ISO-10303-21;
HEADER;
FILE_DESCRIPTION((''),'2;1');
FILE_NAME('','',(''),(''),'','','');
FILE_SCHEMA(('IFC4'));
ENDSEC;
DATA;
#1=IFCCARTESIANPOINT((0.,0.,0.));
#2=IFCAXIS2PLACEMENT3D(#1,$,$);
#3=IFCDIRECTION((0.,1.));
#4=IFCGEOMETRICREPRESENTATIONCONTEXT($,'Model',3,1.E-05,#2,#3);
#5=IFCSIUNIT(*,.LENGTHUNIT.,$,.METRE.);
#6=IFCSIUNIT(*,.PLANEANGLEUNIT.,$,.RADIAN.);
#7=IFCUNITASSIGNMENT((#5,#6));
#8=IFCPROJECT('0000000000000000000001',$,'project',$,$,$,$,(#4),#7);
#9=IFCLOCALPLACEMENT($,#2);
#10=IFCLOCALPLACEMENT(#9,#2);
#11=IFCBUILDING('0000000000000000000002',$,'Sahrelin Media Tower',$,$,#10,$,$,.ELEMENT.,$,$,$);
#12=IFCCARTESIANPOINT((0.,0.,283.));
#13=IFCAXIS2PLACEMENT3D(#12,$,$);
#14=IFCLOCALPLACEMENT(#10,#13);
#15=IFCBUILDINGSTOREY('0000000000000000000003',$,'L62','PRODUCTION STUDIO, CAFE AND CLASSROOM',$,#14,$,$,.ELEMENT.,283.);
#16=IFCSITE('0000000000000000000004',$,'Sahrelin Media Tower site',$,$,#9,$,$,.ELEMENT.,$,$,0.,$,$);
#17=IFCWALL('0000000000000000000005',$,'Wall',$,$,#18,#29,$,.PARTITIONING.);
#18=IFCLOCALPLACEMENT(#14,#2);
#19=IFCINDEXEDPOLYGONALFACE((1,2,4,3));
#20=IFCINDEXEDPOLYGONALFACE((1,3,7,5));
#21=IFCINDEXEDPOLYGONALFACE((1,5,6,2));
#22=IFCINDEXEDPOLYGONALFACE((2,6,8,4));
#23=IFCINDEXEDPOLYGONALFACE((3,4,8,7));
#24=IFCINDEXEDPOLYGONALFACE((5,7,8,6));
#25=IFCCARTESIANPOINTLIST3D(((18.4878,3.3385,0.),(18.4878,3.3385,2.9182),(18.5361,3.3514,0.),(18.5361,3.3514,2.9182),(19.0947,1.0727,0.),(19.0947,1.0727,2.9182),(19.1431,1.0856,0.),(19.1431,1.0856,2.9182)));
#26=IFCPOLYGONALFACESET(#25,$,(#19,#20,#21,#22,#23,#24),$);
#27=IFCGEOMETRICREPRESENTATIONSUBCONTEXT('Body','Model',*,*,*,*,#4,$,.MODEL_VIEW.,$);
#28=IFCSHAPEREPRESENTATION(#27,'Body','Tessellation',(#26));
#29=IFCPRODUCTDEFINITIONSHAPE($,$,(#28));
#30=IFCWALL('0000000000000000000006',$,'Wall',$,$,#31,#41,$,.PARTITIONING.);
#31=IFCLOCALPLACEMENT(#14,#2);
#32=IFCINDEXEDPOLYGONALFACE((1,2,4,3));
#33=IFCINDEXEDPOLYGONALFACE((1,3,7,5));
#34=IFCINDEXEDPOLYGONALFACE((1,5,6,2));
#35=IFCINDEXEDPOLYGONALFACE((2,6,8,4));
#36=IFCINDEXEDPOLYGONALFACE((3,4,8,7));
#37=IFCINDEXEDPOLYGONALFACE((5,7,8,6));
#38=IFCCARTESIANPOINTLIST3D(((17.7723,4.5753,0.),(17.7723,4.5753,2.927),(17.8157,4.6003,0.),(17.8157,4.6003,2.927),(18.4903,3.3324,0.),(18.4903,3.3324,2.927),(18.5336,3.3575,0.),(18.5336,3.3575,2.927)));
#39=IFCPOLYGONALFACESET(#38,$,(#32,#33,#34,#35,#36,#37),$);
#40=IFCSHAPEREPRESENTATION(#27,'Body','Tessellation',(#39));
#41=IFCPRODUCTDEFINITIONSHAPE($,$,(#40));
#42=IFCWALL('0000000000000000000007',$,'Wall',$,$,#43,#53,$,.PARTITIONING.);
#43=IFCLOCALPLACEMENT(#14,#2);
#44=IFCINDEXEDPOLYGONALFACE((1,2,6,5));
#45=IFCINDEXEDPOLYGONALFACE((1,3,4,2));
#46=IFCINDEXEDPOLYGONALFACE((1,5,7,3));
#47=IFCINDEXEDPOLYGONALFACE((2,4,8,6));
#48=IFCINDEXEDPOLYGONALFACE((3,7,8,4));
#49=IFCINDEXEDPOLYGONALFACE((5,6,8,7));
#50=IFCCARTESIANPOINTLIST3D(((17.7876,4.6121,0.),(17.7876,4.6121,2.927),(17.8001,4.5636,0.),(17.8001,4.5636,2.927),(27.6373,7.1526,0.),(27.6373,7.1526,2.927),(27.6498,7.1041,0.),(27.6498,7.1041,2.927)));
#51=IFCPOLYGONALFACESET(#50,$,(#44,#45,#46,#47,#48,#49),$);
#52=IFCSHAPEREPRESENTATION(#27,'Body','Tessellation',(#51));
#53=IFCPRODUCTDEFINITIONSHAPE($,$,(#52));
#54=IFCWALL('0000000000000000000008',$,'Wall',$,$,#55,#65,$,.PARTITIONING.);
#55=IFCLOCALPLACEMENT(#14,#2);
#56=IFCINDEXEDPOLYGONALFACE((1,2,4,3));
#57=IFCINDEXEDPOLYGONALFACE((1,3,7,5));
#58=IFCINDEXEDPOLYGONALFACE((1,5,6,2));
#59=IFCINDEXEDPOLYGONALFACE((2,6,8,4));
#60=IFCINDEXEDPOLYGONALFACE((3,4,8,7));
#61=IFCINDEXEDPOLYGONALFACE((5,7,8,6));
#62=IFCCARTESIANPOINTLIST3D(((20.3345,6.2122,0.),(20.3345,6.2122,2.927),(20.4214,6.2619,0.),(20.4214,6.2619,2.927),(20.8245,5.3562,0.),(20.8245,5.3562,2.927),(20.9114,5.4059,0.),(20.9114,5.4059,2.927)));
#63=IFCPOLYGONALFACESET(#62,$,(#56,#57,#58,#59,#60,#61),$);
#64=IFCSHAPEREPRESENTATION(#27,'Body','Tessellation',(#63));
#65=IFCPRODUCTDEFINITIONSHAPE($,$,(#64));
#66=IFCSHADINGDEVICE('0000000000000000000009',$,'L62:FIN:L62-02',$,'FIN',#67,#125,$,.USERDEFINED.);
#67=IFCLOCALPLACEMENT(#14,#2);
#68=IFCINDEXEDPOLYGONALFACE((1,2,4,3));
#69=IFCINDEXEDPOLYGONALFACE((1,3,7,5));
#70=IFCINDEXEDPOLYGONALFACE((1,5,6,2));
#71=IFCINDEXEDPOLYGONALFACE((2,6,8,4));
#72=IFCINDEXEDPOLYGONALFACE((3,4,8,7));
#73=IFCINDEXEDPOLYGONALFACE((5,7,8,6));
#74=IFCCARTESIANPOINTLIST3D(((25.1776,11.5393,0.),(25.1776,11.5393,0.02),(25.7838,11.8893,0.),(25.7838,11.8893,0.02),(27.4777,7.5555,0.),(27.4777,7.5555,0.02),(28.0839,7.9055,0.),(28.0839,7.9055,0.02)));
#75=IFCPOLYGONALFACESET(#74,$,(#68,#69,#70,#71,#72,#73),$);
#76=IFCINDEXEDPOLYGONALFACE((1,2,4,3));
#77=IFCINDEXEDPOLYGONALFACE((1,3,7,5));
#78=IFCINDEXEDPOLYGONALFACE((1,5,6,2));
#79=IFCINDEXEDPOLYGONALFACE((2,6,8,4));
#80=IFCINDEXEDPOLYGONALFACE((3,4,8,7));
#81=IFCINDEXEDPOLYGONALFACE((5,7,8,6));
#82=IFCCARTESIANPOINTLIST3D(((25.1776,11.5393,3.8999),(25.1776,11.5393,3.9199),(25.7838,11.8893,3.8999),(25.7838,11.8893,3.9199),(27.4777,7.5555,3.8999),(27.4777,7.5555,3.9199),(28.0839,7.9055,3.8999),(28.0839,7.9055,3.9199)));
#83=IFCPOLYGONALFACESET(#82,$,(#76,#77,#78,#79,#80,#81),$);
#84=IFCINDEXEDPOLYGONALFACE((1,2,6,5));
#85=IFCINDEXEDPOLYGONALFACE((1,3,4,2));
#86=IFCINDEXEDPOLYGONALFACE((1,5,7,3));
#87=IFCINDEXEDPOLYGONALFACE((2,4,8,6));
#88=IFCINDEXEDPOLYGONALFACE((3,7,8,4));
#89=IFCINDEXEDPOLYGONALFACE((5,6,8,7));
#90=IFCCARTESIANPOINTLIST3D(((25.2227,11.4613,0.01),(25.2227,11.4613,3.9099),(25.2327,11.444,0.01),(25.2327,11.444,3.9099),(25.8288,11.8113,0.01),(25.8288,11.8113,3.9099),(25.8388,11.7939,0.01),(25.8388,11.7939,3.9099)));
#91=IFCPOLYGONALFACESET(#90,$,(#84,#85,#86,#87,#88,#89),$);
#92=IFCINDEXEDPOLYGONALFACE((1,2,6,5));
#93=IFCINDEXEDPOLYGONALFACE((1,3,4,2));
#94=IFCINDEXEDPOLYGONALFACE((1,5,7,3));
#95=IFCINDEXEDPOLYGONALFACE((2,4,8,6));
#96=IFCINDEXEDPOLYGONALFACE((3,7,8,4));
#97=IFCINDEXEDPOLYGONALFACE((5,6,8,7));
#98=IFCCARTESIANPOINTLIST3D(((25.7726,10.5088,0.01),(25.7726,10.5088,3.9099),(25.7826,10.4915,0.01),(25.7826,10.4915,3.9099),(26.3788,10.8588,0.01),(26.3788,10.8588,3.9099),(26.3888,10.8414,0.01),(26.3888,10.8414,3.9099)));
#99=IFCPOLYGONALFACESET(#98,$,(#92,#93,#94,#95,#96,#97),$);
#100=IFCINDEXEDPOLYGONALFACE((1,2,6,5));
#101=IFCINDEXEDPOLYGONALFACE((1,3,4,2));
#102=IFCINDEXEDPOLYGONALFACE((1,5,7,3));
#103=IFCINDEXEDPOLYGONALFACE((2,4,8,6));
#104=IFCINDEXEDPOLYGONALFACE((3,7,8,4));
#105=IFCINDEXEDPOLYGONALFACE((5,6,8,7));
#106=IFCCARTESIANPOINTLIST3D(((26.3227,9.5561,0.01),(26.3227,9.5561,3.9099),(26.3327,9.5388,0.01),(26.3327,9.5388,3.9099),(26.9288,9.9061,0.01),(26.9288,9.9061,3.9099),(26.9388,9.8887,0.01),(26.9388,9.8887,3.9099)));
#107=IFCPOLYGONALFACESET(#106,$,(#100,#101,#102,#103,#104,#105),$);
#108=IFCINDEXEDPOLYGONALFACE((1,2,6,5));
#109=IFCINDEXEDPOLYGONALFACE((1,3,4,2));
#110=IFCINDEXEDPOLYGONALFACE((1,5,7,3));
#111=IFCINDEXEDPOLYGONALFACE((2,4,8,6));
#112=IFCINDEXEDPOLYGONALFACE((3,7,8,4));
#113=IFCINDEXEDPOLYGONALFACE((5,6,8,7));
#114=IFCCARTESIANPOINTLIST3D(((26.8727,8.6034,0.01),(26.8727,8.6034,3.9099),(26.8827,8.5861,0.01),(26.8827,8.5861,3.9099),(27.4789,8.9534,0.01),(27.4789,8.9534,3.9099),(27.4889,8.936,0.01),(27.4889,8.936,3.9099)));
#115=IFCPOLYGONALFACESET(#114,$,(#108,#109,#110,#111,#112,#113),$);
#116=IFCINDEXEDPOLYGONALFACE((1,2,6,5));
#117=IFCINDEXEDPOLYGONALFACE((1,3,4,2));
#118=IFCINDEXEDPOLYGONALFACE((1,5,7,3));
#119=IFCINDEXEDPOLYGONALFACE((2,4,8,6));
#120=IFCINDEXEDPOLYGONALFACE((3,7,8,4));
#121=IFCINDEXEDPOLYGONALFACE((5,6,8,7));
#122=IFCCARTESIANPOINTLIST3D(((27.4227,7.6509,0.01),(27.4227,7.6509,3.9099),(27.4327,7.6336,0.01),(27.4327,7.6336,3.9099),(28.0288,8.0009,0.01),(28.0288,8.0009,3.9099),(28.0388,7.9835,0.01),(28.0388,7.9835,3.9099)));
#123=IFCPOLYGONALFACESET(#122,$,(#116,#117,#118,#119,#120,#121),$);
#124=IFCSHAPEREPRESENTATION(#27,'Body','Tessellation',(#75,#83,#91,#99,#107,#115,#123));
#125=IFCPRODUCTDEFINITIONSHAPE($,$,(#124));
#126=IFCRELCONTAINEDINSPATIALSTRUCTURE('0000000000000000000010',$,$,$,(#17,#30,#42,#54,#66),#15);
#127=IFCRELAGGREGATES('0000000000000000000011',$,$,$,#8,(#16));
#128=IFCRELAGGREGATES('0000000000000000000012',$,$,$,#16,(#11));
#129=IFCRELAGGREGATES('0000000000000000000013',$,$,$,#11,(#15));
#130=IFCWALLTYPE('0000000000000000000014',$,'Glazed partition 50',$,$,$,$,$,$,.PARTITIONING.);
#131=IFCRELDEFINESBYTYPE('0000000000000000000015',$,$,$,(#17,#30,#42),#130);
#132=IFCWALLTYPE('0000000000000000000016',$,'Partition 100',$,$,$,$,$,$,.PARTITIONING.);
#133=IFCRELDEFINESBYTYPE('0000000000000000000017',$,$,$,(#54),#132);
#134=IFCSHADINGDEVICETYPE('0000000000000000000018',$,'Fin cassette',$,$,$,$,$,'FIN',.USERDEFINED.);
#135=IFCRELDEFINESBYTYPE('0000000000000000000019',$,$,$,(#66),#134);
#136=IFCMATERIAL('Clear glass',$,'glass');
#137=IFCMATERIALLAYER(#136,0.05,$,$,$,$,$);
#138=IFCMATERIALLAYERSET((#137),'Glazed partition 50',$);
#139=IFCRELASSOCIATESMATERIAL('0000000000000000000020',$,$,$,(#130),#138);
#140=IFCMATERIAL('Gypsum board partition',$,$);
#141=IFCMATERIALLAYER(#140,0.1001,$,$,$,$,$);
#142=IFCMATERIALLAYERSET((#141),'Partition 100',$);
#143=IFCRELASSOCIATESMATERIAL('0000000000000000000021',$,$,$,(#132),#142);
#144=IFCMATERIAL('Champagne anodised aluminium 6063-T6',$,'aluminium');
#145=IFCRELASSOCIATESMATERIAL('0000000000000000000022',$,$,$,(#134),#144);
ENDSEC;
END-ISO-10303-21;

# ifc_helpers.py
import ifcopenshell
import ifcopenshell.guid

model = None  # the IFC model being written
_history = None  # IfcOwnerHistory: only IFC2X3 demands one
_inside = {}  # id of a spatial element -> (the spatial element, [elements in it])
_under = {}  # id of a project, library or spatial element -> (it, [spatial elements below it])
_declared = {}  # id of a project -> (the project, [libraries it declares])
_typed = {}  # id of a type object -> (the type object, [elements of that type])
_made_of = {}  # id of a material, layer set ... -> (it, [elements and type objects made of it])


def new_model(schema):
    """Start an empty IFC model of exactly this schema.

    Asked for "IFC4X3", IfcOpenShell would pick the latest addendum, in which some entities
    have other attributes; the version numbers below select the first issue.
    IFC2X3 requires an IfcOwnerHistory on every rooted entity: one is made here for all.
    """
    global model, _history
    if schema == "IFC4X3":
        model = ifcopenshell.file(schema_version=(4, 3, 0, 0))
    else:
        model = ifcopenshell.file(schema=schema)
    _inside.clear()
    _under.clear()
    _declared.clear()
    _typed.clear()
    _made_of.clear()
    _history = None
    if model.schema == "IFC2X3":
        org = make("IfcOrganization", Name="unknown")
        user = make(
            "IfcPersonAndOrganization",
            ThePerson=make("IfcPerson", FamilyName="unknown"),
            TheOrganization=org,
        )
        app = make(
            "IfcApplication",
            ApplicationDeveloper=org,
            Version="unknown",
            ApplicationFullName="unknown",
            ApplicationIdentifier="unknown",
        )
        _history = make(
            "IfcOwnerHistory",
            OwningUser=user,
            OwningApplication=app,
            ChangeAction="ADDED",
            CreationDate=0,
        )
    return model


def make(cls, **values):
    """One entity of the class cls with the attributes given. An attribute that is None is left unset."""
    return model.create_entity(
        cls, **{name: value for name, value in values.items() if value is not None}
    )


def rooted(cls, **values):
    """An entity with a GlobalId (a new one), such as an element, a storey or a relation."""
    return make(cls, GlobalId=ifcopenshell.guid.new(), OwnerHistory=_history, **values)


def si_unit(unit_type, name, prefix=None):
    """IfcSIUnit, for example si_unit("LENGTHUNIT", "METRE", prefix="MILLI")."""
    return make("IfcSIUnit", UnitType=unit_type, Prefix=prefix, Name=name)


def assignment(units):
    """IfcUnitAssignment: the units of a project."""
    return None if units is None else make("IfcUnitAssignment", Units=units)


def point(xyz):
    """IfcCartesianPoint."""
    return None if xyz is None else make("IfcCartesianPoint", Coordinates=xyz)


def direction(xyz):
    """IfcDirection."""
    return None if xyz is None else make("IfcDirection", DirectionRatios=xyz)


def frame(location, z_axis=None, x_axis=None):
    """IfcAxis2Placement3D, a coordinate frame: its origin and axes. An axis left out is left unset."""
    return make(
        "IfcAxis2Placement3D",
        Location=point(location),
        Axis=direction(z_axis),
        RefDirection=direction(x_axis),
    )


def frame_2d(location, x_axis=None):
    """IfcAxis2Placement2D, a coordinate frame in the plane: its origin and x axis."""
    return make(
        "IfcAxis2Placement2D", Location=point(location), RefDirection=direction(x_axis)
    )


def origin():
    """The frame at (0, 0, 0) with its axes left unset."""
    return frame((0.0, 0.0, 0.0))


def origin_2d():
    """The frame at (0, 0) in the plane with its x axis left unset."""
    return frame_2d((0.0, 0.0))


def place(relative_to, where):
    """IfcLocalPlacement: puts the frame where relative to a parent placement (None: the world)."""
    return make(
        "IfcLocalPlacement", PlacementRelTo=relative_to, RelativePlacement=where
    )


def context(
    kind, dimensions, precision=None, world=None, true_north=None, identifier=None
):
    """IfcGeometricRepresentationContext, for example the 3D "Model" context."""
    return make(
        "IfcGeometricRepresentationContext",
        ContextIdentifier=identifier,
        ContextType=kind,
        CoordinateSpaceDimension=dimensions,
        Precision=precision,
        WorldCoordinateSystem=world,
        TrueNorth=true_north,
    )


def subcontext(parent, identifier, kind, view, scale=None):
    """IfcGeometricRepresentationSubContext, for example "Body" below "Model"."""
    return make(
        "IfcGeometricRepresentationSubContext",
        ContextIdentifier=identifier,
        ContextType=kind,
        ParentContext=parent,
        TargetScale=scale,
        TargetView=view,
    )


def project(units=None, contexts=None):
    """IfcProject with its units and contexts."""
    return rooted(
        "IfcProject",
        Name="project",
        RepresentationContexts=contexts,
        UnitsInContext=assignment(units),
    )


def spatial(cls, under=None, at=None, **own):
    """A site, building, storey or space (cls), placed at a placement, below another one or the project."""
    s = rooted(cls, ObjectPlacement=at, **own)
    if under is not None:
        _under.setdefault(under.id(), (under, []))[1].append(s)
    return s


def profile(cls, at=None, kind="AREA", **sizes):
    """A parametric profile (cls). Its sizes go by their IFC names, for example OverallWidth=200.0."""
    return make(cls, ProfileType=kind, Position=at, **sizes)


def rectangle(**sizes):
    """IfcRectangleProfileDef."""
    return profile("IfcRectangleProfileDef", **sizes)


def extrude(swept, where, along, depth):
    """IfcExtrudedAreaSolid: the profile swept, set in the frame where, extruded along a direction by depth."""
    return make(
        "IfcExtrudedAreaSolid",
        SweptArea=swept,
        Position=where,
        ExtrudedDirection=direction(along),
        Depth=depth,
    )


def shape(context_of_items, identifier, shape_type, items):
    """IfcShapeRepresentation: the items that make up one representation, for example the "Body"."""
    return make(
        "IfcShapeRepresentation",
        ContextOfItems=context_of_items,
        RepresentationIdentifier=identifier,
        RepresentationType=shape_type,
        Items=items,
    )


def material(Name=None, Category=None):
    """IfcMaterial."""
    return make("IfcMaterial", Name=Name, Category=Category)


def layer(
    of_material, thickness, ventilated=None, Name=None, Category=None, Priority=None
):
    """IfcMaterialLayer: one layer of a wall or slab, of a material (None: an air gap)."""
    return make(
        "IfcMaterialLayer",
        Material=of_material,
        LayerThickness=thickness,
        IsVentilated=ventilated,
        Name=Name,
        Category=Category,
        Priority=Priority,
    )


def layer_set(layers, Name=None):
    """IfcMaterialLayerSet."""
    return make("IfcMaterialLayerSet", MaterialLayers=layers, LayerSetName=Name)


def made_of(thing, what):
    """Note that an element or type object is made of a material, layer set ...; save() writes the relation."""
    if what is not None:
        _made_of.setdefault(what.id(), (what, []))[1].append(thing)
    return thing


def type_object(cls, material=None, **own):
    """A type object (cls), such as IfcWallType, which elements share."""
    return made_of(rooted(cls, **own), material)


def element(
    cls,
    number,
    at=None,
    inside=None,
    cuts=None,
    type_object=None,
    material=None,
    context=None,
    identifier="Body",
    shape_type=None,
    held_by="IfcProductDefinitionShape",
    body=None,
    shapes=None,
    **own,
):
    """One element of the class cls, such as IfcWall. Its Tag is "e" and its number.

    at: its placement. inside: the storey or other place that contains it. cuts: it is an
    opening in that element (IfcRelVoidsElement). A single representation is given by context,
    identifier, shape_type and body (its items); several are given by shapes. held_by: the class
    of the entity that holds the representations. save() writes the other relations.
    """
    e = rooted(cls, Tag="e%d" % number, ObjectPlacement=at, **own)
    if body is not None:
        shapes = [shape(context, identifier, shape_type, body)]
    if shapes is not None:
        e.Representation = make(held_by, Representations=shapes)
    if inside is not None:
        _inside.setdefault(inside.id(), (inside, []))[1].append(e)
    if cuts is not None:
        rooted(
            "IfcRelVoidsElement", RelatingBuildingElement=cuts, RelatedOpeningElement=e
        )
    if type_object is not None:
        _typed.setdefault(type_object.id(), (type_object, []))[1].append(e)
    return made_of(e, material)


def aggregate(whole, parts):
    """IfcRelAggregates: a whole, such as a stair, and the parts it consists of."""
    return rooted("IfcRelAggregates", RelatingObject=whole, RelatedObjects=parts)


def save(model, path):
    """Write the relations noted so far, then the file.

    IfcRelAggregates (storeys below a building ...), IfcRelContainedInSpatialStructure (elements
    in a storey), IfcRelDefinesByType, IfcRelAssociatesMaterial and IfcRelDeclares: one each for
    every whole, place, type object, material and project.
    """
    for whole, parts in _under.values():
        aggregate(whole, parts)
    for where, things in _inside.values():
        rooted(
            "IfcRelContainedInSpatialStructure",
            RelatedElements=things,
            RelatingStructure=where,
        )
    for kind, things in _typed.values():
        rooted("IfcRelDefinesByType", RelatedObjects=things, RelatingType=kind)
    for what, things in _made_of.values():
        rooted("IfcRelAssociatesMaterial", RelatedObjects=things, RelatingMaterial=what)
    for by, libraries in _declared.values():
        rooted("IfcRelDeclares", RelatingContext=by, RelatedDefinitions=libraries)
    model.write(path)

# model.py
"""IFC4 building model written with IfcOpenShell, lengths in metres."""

from ifc_helpers import new_model, si_unit, direction, frame, frame_2d, origin, origin_2d, place, context, subcontext, project, spatial, rectangle, extrude, material, layer, layer_set, type_object, element, save


model = new_model("IFC4")

# Units and contexts
model_context = context("Model", 3, precision=1e-05, world=origin(), true_north=direction((0.0, 1.0)))
body_context = subcontext(model_context, "Body", "Model", "MODEL_VIEW")
ifc_project = project(units=[si_unit("LENGTHUNIT", "METRE"), si_unit("PLANEANGLEUNIT", "RADIAN")], contexts=[model_context])

# Site, building, storey
site_placement = place(None, origin())
site = spatial("IfcSite", under=ifc_project, at=site_placement, Name="Sahrelin Media Tower site", CompositionType="ELEMENT", RefElevation=0.0)
building_placement = place(site_placement, origin())
building = spatial("IfcBuilding", under=site, at=building_placement, Name="Sahrelin Media Tower", CompositionType="ELEMENT")
storey_placement = place(building_placement, frame((0.0, 0.0, 283.0)))
storey = spatial("IfcBuildingStorey", under=building, at=storey_placement, Name="L62", Description="PRODUCTION STUDIO, CAFE AND CLASSROOM", CompositionType="ELEMENT", Elevation=283.0)

# Shared definitions
ifc_material_1 = material(Name="Champagne anodised aluminium 6063-T6", Category="aluminium")

# Walls
ifc_material_2 = material(Name="Clear glass", Category="glass")
ifc_layer_1 = layer(ifc_material_2, 0.05)
ifc_layer_set_1 = layer_set([ifc_layer_1], Name="Glazed partition 50")
wall_type_1 = type_object("IfcWallType", Name="Glazed partition 50", PredefinedType="PARTITIONING", material=ifc_layer_set_1)
wall_1_placement = place(storey_placement, frame((18.512, 3.345, 0.0), z_axis=(0.0, 0.0, 1.0), x_axis=(0.258738, -0.965948, 0.0)))
element("IfcWall", 1, at=wall_1_placement, inside=storey, type_object=wall_type_1, Name="Wall", PredefinedType="PARTITIONING", context=body_context, shape_type="SweptSolid", body=[
    extrude(rectangle(XDim=2.3457, YDim=0.05, at=frame_2d((1.1729, 0.0))), origin(), (0.0, 0.0, 1.0), 2.9182),
])
wall_2_placement = place(storey_placement, frame((17.7939, 4.5879, 0.0), z_axis=(0.0, 0.0, 1.0), x_axis=(0.500218, -0.865899, 0.0)))
element("IfcWall", 2, at=wall_2_placement, inside=storey, type_object=wall_type_1, Name="Wall", PredefinedType="PARTITIONING", context=body_context, shape_type="SweptSolid", body=[
    extrude(rectangle(XDim=1.4353, YDim=0.05, at=frame_2d((0.7178, 0.0))), origin(), (0.0, 0.0, 1.0), 2.927),
])
wall_3_placement = place(storey_placement, frame((17.7939, 4.5879, 0.0), z_axis=(0.0, 0.0, 1.0), x_axis=(0.96831, 0.249752, 0.0)))
element("IfcWall", 3, at=wall_3_placement, inside=storey, type_object=wall_type_1, Name="Wall", PredefinedType="PARTITIONING", context=body_context, shape_type="SweptSolid", body=[
    extrude(rectangle(XDim=10.1721, YDim=0.05, at=frame_2d((5.0859, 0.0))), origin(), (0.0, 0.0, 1.0), 2.927),
])
ifc_material_3 = material(Name="Gypsum board partition")
ifc_layer_2 = layer(ifc_material_3, 0.1001)
ifc_layer_set_2 = layer_set([ifc_layer_2], Name="Partition 100")
wall_type_2 = type_object("IfcWallType", Name="Partition 100", PredefinedType="PARTITIONING", material=ifc_layer_set_2)
wall_4_placement = place(storey_placement, frame((20.3779, 6.2371, 0.0), z_axis=(0.0, 0.0, 1.0), x_axis=(0.496805, -0.867862, 0.0)))
element("IfcWall", 4, at=wall_4_placement, inside=storey, type_object=wall_type_2, Name="Wall", PredefinedType="PARTITIONING", context=body_context, shape_type="SweptSolid", body=[
    extrude(rectangle(XDim=0.9863, YDim=0.1001, at=frame_2d((0.4932, 0.0))), origin(), (0.0, 0.0, 1.0), 2.927),
])

# Shading device
shading_device_type_1 = type_object("IfcShadingDeviceType", Name="Fin cassette", ElementType="FIN", PredefinedType="USERDEFINED", material=ifc_material_1)
placement = place(storey_placement, frame((26.2671, 9.5125, 0.0), z_axis=(0.0, 0.0, 1.0), x_axis=(0.500011, -0.866019, 0.0)))
element("IfcShadingDevice", 5, at=placement, inside=storey, type_object=shading_device_type_1, Name="L62:FIN:L62-02", ObjectType="FIN", PredefinedType="USERDEFINED", context=body_context, shape_type="SweptSolid", body=[
    extrude(rectangle(XDim=4.6001, YDim=0.7, at=origin_2d()), frame((0.0, 0.4199, 0.0)), (0.0, 0.0, 1.0), 0.02),
    extrude(rectangle(XDim=4.6001, YDim=0.7, at=origin_2d()), frame((0.0, 0.4199, 3.8999)), (0.0, 0.0, 1.0), 0.02),
    extrude(rectangle(XDim=0.02, YDim=0.7, at=origin_2d()), frame((-2.2, 0.4199, 0.01), z_axis=(0.0, 0.0, 1.0), x_axis=(1.0, 0.0, 0.0)), (0.0, 0.0, 1.0), 3.8999),
    extrude(rectangle(XDim=0.02, YDim=0.7, at=origin_2d()), frame((-1.1001, 0.4199, 0.01), z_axis=(0.0, 0.0, 1.0), x_axis=(1.0, 0.0, 0.0)), (0.0, 0.0, 1.0), 3.8999),
    extrude(rectangle(XDim=0.02, YDim=0.7, at=origin_2d()), frame((0.0, 0.4199, 0.01), z_axis=(0.0, 0.0, 1.0), x_axis=(1.0, 0.0, 0.0)), (0.0, 0.0, 1.0), 3.8999),
    extrude(rectangle(XDim=0.02, YDim=0.7, at=origin_2d()), frame((1.1001, 0.4199, 0.01), z_axis=(0.0, 0.0, 1.0), x_axis=(1.0, 0.0, 0.0)), (0.0, 0.0, 1.0), 3.8999),
    extrude(rectangle(XDim=0.02, YDim=0.7, at=origin_2d()), frame((2.2, 0.4199, 0.01), z_axis=(0.0, 0.0, 1.0), x_axis=(1.0, 0.0, 0.0)), (0.0, 0.0, 1.0), 3.8999),
])

save(model, "model.ifc")
